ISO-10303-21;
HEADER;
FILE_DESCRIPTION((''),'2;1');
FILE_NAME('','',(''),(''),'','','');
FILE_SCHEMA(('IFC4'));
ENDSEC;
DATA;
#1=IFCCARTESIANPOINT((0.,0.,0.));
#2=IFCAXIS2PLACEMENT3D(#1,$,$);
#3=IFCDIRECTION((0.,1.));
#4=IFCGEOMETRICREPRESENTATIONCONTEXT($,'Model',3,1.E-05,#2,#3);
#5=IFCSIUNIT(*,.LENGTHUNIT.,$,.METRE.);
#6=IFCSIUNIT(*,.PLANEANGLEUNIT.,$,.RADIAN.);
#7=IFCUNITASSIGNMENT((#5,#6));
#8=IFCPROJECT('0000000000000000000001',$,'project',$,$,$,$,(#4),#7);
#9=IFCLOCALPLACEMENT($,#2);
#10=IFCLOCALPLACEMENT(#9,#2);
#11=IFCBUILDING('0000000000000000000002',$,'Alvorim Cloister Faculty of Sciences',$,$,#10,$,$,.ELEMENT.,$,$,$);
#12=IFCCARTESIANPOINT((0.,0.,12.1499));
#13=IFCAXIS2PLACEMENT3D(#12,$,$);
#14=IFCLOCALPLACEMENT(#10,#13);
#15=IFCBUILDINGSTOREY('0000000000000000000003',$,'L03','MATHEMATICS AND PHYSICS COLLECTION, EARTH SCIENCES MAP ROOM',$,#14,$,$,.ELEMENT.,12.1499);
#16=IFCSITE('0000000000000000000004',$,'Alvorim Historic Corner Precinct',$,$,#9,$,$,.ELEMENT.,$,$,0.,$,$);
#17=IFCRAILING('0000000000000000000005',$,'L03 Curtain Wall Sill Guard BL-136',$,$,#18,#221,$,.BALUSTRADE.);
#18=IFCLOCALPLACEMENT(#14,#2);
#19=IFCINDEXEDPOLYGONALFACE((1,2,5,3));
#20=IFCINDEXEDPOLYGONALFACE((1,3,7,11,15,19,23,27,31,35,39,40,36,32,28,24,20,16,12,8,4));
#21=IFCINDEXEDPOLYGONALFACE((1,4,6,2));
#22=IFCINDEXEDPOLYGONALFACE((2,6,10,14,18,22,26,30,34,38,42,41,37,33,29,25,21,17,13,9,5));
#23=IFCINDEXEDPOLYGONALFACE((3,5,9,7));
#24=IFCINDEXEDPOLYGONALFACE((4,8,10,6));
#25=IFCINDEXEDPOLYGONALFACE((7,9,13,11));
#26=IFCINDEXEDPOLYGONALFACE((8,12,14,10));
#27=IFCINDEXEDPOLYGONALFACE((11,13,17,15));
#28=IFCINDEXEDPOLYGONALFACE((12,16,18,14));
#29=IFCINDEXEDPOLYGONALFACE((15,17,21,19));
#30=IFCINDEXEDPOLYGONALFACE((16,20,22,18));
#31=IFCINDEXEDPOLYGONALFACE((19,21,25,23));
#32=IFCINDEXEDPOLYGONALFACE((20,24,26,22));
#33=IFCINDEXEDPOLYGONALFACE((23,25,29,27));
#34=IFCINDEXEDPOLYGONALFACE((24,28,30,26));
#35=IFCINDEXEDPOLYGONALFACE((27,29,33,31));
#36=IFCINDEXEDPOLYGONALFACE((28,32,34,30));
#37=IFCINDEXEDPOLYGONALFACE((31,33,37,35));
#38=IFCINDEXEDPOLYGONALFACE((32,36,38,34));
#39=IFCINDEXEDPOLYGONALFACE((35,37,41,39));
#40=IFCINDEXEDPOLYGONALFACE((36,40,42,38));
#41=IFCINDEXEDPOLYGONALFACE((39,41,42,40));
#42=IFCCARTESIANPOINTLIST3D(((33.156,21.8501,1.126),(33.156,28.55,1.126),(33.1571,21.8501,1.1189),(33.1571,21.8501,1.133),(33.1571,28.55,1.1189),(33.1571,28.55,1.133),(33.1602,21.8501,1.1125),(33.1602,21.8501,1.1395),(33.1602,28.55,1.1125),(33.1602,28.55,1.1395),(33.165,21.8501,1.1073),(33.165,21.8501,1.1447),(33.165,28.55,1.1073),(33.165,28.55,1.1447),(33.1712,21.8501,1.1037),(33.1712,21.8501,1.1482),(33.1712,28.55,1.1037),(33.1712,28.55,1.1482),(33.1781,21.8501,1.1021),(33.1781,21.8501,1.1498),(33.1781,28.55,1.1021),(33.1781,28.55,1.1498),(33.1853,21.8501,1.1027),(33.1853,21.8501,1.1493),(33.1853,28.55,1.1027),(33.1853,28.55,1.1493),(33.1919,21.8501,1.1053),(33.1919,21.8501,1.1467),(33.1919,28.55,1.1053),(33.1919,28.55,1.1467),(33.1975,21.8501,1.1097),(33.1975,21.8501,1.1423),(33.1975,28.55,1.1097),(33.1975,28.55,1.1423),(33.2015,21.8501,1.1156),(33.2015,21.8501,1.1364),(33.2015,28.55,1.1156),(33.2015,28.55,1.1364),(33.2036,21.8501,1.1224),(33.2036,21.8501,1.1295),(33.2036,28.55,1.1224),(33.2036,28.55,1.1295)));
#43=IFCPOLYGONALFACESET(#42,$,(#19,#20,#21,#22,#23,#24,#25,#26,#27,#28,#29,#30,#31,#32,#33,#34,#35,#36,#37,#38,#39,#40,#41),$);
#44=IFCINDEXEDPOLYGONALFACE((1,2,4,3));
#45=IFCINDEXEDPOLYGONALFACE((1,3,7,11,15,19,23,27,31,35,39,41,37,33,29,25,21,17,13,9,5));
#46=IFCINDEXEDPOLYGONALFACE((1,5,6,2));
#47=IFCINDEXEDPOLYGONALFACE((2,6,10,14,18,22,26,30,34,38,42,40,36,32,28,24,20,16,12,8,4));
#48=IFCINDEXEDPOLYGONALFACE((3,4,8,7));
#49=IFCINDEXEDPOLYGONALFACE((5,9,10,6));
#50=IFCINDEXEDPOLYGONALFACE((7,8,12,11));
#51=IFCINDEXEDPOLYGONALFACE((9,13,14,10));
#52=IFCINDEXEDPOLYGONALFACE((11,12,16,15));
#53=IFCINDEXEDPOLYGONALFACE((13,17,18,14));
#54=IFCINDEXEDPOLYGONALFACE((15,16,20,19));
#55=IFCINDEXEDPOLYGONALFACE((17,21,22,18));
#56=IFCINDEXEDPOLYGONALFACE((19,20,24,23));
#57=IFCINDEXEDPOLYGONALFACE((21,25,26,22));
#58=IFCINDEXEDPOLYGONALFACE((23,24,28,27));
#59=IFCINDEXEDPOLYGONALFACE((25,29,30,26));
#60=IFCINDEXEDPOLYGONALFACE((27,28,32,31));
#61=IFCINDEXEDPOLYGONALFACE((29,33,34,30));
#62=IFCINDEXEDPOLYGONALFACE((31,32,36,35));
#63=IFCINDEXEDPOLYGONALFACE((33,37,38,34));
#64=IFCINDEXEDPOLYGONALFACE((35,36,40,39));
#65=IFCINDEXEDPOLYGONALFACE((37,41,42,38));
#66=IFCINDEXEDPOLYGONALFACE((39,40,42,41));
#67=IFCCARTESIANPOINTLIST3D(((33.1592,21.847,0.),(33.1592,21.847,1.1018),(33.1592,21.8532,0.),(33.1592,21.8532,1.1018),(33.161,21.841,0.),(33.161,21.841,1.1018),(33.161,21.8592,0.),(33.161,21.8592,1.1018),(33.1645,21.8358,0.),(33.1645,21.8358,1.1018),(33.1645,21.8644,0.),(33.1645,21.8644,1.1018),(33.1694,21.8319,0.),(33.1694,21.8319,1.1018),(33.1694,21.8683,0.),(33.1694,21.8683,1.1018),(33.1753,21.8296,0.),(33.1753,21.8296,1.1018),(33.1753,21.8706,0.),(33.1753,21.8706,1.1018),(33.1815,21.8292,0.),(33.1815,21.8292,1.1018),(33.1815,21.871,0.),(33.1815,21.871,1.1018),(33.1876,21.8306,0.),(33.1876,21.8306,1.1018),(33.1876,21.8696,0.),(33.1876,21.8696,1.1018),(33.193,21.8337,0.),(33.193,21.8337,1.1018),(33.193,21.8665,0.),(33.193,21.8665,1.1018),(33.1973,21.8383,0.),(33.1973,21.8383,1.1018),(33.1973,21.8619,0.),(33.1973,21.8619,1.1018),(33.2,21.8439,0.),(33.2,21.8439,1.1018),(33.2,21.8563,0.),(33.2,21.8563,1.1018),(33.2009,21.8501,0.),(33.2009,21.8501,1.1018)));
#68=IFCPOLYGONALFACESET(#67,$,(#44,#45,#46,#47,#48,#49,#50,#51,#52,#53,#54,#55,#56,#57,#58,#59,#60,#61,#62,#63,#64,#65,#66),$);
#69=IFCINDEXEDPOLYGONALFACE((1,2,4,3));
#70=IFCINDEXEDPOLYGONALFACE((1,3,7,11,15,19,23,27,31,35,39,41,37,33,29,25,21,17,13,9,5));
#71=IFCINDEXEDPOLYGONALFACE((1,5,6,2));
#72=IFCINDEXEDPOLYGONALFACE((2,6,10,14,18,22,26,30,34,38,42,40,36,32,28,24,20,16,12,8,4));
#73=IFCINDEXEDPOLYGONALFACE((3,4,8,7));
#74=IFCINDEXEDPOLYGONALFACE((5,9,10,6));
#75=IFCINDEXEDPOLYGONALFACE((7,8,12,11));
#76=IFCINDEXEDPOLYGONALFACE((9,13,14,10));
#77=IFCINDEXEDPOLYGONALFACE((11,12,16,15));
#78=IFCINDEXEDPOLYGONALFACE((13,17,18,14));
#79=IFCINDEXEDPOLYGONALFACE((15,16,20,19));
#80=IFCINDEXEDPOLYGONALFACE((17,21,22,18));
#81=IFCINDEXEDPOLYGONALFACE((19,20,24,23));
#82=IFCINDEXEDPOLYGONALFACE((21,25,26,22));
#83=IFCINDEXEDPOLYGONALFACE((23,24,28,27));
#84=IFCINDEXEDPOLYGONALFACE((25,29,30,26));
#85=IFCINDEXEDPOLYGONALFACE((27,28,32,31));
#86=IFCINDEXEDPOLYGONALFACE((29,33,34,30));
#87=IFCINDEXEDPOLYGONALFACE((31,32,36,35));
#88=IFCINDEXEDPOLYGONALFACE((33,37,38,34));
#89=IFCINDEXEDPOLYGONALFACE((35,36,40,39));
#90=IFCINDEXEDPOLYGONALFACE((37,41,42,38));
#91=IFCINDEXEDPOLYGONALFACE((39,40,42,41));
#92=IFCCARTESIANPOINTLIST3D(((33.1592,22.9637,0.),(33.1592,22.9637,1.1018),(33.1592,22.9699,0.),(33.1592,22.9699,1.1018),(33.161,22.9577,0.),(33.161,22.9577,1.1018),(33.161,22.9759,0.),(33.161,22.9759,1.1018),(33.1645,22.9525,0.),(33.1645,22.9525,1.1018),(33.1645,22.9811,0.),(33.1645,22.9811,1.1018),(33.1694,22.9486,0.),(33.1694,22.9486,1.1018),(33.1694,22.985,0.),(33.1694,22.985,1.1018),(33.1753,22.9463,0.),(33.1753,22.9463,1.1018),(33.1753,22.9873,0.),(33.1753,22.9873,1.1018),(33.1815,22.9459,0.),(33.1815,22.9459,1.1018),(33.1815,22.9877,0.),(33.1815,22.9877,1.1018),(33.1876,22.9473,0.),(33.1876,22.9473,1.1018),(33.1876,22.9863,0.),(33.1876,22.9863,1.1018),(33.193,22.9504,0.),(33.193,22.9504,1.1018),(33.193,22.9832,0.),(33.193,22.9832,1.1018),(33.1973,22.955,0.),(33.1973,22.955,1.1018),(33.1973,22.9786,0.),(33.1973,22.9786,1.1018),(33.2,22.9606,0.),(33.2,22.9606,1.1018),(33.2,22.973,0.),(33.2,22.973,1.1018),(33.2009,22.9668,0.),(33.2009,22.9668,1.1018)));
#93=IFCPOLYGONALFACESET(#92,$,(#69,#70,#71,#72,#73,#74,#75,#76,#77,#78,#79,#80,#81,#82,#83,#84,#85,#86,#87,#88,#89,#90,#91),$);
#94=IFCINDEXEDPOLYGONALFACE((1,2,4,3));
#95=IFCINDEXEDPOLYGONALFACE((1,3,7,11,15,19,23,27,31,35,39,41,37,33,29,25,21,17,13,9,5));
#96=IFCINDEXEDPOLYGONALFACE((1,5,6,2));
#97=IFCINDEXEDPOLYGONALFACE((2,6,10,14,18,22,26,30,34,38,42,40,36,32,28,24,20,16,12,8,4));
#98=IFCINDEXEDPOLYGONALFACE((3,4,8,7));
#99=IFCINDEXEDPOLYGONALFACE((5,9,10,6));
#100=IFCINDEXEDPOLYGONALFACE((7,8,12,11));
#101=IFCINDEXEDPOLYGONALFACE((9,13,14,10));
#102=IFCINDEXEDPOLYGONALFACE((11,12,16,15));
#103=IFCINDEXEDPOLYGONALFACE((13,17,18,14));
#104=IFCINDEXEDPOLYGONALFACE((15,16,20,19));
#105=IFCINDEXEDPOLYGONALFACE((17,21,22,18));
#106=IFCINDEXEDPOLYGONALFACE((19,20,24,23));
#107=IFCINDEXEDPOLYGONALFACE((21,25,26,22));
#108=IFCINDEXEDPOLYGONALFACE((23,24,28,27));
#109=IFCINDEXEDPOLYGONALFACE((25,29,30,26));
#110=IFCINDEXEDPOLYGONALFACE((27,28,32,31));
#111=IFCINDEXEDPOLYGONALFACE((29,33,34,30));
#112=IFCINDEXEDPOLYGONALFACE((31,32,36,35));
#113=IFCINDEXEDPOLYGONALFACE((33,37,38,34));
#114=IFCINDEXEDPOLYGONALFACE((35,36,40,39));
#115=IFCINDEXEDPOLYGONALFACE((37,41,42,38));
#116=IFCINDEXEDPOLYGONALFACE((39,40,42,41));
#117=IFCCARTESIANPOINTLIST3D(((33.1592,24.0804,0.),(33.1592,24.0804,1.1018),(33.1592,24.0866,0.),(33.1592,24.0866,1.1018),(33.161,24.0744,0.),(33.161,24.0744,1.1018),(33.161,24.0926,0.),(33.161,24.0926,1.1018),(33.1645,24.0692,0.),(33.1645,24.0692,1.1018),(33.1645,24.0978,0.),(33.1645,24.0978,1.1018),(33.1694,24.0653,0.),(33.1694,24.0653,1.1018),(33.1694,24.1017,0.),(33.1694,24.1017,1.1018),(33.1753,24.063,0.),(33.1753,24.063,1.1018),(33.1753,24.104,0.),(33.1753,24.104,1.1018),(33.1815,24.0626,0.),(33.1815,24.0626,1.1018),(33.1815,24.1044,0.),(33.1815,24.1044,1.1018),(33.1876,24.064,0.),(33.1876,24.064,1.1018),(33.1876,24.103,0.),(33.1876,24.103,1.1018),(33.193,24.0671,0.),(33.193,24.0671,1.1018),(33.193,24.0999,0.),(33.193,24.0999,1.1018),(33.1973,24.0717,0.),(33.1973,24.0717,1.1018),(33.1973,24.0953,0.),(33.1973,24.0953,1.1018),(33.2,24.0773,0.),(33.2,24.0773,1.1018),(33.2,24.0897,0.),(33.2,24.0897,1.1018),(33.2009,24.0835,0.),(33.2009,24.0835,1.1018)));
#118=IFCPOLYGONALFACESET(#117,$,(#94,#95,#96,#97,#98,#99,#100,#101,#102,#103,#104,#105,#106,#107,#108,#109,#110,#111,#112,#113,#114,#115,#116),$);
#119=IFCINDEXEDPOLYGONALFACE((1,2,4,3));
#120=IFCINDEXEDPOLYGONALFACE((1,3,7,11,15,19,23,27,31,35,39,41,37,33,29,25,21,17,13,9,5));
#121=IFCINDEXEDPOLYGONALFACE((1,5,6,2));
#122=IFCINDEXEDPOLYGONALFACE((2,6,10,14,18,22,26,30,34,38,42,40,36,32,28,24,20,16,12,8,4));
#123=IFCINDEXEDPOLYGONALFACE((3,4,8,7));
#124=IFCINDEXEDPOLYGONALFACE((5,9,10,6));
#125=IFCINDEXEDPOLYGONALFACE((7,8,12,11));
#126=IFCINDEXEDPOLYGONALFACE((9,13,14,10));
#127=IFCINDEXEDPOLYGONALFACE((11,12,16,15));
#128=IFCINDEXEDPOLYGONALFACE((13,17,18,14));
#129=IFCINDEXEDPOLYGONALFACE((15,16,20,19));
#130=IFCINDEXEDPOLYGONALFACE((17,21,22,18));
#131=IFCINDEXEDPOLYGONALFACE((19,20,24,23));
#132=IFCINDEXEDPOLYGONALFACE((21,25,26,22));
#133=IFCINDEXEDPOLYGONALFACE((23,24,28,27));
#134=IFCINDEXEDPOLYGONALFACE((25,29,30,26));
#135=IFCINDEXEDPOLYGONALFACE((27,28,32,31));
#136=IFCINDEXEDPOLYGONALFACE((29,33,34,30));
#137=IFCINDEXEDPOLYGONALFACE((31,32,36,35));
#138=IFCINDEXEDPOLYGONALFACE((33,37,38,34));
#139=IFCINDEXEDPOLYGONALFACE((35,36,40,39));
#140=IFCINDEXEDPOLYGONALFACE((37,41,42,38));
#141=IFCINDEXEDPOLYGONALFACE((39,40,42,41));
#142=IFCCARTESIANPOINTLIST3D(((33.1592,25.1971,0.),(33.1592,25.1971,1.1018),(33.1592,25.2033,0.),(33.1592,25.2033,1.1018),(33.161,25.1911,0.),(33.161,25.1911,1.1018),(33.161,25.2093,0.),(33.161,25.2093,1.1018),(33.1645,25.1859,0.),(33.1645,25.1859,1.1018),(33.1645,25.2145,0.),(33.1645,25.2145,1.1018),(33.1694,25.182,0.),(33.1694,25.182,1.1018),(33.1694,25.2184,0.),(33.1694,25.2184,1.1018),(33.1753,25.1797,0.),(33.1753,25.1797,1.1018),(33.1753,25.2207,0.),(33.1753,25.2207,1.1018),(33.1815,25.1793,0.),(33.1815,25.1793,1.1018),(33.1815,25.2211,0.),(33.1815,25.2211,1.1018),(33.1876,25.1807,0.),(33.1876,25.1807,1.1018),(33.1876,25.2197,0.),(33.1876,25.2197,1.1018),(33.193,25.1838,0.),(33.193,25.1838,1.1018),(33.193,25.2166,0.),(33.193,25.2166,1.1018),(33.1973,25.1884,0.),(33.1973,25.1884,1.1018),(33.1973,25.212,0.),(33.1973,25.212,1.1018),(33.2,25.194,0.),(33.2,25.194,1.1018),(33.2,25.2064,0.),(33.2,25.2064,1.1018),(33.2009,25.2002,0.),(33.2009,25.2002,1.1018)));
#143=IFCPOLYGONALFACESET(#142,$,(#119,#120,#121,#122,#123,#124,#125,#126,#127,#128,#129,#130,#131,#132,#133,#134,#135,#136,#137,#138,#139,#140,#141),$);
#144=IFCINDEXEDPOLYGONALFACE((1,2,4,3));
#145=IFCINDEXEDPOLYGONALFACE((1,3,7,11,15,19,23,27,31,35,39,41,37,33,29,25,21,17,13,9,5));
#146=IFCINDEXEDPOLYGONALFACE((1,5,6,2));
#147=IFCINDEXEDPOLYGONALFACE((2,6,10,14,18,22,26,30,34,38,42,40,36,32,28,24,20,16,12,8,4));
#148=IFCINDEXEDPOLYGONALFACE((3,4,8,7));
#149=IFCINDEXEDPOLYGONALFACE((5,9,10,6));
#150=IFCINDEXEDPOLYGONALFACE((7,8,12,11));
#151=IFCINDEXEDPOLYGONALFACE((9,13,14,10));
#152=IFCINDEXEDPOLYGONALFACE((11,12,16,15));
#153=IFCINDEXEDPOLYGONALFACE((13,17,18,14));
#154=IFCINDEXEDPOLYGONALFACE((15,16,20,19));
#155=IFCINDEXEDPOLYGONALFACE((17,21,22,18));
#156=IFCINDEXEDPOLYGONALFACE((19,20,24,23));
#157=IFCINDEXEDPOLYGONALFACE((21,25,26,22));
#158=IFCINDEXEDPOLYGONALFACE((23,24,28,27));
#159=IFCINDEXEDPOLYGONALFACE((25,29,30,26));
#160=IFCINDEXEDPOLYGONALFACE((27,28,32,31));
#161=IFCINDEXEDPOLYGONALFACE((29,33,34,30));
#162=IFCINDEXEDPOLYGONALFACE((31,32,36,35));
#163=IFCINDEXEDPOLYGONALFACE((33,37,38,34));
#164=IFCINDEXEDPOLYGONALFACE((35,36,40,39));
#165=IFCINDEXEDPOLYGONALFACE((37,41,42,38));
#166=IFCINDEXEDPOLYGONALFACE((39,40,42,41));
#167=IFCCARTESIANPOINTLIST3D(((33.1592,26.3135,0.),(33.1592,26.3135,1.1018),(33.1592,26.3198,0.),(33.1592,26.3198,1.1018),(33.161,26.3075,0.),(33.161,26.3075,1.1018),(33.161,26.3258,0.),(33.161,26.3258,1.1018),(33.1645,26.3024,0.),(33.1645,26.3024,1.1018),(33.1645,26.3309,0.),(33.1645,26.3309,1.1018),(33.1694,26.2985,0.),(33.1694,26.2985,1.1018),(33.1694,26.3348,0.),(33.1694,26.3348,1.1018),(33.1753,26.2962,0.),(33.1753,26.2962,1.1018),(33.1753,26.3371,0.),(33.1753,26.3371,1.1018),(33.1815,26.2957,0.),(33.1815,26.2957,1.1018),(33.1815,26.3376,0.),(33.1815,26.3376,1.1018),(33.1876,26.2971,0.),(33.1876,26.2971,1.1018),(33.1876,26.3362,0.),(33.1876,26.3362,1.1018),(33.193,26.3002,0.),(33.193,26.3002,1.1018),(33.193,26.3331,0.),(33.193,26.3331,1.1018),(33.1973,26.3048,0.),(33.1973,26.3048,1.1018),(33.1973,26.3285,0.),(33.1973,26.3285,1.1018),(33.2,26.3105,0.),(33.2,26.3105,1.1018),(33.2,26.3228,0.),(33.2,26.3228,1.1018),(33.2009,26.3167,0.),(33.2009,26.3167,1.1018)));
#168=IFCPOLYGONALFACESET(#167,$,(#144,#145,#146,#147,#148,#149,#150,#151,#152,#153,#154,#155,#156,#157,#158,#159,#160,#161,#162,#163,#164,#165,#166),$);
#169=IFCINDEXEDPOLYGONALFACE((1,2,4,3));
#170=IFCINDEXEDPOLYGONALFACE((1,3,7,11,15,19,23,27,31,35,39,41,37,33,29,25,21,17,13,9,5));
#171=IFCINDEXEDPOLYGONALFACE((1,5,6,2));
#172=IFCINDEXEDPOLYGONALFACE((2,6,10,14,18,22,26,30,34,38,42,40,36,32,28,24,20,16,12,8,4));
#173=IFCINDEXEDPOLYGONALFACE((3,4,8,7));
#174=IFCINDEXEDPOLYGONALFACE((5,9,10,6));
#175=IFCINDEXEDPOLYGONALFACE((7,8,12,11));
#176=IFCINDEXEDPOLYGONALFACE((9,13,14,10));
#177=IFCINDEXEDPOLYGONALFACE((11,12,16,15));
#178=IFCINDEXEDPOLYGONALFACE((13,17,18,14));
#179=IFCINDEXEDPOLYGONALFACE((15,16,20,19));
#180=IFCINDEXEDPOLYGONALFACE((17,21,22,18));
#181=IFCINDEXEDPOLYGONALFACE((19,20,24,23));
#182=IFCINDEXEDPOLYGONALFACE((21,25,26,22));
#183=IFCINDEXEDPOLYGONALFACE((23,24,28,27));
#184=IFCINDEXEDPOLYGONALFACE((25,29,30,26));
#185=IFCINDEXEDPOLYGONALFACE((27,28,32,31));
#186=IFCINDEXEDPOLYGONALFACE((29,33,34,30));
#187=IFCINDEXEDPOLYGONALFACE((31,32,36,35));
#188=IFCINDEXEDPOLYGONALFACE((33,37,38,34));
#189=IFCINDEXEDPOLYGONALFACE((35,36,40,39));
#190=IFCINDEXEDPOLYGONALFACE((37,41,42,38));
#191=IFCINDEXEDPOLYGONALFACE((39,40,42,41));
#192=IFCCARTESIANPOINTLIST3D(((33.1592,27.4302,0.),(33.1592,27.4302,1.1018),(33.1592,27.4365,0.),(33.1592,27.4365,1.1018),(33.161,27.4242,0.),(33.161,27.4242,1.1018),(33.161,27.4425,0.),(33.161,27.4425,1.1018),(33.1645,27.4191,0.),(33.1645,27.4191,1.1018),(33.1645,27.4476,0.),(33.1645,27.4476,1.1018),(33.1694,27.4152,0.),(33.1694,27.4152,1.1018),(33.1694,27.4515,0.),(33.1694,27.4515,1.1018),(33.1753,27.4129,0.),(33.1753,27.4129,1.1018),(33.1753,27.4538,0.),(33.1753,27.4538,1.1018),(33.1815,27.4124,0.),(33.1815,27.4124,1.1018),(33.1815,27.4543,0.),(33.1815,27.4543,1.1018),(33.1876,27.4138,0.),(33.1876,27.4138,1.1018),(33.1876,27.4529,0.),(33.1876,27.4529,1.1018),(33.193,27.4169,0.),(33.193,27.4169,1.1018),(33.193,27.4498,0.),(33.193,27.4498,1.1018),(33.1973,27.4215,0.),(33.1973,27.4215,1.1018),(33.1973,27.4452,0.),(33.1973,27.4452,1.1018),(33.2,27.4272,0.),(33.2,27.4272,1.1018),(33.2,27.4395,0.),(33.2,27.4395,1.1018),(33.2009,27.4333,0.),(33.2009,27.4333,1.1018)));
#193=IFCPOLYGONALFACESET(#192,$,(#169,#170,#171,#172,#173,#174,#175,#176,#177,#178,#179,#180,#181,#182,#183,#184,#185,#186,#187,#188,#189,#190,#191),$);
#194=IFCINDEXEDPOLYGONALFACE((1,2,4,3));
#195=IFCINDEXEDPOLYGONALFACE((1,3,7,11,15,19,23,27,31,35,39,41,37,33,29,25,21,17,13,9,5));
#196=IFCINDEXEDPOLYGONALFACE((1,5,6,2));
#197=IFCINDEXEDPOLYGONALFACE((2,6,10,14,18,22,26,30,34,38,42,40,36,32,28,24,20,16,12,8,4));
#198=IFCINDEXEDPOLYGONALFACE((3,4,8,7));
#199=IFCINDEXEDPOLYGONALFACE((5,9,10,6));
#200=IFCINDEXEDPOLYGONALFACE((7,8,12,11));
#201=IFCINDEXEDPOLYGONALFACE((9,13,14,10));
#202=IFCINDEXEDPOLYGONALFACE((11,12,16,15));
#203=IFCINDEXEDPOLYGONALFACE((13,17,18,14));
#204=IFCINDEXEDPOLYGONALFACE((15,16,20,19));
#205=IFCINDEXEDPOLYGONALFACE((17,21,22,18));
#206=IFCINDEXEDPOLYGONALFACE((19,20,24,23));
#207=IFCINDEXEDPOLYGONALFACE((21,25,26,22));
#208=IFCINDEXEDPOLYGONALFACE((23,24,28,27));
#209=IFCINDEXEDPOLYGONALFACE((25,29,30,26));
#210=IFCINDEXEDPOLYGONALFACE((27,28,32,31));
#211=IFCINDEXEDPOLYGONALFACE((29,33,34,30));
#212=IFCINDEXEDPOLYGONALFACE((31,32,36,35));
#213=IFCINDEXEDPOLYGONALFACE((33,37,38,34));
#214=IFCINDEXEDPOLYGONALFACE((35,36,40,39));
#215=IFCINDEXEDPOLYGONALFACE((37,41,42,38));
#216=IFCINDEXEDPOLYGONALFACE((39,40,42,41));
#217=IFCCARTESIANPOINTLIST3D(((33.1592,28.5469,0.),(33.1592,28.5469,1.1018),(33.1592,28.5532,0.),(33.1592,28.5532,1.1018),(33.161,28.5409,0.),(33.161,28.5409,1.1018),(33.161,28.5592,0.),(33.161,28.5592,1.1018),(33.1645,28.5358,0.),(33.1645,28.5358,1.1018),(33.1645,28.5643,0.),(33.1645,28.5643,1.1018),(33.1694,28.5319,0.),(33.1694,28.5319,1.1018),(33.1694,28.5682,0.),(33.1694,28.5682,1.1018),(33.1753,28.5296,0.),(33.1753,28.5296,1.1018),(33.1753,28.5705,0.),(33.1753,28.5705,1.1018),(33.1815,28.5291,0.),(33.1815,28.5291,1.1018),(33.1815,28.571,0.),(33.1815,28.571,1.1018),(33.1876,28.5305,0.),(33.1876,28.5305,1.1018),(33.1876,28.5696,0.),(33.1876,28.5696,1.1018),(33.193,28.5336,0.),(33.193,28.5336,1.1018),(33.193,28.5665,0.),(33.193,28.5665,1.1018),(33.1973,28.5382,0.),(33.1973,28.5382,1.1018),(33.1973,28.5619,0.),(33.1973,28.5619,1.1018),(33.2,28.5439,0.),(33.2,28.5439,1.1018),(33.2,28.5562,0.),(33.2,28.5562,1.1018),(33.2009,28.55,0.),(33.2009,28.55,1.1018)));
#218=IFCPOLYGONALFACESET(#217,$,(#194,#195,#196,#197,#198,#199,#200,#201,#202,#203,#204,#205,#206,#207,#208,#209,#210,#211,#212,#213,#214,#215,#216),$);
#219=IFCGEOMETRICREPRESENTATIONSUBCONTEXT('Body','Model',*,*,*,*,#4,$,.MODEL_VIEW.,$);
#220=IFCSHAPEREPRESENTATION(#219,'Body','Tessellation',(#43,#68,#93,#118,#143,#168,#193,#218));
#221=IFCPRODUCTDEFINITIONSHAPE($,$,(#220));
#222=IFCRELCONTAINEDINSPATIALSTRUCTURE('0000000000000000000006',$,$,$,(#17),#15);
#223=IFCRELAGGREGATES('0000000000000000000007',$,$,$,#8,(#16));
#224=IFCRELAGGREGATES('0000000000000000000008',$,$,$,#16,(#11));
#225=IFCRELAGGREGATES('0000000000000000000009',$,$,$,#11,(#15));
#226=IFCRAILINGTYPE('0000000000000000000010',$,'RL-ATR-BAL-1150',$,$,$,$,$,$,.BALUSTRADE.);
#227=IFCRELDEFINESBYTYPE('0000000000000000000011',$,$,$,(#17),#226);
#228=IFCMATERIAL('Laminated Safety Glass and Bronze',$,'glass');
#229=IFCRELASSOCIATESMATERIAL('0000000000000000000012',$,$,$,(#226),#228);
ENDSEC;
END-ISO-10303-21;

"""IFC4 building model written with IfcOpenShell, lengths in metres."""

from ifc_helpers import new_model, si_unit, direction, frame, origin, origin_2d, place, context, subcontext, project, spatial, circle, extrude, material, type_object, element, save


model = new_model("IFC4")

# Units and contexts
model_context = context("Model", 3, precision=1e-05, world=origin(), true_north=direction((0.0, 1.0)))
body_context = subcontext(model_context, "Body", "Model", "MODEL_VIEW")
ifc_project = project(units=[si_unit("LENGTHUNIT", "METRE"), si_unit("PLANEANGLEUNIT", "RADIAN")], contexts=[model_context])

# Site, building, storey
site_placement = place(None, origin())
site = spatial("IfcSite", under=ifc_project, at=site_placement, Name="Alvorim Historic Corner Precinct", CompositionType="ELEMENT", RefElevation=0.0)
building_placement = place(site_placement, origin())
building = spatial("IfcBuilding", under=site, at=building_placement, Name="Alvorim Cloister Faculty of Sciences", CompositionType="ELEMENT")
storey_placement = place(building_placement, frame((0.0, 0.0, 12.1499)))
storey = spatial("IfcBuildingStorey", under=building, at=storey_placement, Name="L03", Description="MATHEMATICS AND PHYSICS COLLECTION, EARTH SCIENCES MAP ROOM", CompositionType="ELEMENT", Elevation=12.1499)

# Railing
ifc_material_1 = material(Name="Laminated Safety Glass and Bronze", Category="glass")
railing_type = type_object("IfcRailingType", Name="RL-ATR-BAL-1150", PredefinedType="BALUSTRADE", material=ifc_material_1)
railing_1_placement = place(storey_placement, frame((33.1799, 21.8501, 0.0)))
element("IfcRailing", 1, at=railing_1_placement, inside=storey, type_object=railing_type, Name="L03 Curtain Wall Sill Guard BL-136", PredefinedType="BALUSTRADE", context=body_context, shape_type="SweptSolid", body=[
    extrude(circle(Radius=0.0239, at=origin_2d()), frame((0.0, 0.0, 1.126), z_axis=(0.0, 1.0, 0.0), x_axis=(-1.0, 0.0, 0.0)), (0.0, 0.0, 1.0), 6.7),
    extrude(circle(Radius=0.021, at=origin_2d()), origin(), (0.0, 0.0, 1.0), 1.1018),
    extrude(circle(Radius=0.021, at=origin_2d()), frame((0.0, 1.1167, 0.0)), (0.0, 0.0, 1.0), 1.1018),
    extrude(circle(Radius=0.021, at=origin_2d()), frame((0.0, 2.2334, 0.0)), (0.0, 0.0, 1.0), 1.1018),
    extrude(circle(Radius=0.021, at=origin_2d()), frame((0.0, 3.3501, 0.0)), (0.0, 0.0, 1.0), 1.1018),
    extrude(circle(Radius=0.021, at=origin_2d()), frame((0.0, 4.4666, 0.0)), (0.0, 0.0, 1.0), 1.1018),
    extrude(circle(Radius=0.021, at=origin_2d()), frame((0.0, 5.5833, 0.0)), (0.0, 0.0, 1.0), 1.1018),
    extrude(circle(Radius=0.021, at=origin_2d()), frame((0.0, 6.7, 0.0)), (0.0, 0.0, 1.0), 1.1018),
])

save(model, "model.ifc")
